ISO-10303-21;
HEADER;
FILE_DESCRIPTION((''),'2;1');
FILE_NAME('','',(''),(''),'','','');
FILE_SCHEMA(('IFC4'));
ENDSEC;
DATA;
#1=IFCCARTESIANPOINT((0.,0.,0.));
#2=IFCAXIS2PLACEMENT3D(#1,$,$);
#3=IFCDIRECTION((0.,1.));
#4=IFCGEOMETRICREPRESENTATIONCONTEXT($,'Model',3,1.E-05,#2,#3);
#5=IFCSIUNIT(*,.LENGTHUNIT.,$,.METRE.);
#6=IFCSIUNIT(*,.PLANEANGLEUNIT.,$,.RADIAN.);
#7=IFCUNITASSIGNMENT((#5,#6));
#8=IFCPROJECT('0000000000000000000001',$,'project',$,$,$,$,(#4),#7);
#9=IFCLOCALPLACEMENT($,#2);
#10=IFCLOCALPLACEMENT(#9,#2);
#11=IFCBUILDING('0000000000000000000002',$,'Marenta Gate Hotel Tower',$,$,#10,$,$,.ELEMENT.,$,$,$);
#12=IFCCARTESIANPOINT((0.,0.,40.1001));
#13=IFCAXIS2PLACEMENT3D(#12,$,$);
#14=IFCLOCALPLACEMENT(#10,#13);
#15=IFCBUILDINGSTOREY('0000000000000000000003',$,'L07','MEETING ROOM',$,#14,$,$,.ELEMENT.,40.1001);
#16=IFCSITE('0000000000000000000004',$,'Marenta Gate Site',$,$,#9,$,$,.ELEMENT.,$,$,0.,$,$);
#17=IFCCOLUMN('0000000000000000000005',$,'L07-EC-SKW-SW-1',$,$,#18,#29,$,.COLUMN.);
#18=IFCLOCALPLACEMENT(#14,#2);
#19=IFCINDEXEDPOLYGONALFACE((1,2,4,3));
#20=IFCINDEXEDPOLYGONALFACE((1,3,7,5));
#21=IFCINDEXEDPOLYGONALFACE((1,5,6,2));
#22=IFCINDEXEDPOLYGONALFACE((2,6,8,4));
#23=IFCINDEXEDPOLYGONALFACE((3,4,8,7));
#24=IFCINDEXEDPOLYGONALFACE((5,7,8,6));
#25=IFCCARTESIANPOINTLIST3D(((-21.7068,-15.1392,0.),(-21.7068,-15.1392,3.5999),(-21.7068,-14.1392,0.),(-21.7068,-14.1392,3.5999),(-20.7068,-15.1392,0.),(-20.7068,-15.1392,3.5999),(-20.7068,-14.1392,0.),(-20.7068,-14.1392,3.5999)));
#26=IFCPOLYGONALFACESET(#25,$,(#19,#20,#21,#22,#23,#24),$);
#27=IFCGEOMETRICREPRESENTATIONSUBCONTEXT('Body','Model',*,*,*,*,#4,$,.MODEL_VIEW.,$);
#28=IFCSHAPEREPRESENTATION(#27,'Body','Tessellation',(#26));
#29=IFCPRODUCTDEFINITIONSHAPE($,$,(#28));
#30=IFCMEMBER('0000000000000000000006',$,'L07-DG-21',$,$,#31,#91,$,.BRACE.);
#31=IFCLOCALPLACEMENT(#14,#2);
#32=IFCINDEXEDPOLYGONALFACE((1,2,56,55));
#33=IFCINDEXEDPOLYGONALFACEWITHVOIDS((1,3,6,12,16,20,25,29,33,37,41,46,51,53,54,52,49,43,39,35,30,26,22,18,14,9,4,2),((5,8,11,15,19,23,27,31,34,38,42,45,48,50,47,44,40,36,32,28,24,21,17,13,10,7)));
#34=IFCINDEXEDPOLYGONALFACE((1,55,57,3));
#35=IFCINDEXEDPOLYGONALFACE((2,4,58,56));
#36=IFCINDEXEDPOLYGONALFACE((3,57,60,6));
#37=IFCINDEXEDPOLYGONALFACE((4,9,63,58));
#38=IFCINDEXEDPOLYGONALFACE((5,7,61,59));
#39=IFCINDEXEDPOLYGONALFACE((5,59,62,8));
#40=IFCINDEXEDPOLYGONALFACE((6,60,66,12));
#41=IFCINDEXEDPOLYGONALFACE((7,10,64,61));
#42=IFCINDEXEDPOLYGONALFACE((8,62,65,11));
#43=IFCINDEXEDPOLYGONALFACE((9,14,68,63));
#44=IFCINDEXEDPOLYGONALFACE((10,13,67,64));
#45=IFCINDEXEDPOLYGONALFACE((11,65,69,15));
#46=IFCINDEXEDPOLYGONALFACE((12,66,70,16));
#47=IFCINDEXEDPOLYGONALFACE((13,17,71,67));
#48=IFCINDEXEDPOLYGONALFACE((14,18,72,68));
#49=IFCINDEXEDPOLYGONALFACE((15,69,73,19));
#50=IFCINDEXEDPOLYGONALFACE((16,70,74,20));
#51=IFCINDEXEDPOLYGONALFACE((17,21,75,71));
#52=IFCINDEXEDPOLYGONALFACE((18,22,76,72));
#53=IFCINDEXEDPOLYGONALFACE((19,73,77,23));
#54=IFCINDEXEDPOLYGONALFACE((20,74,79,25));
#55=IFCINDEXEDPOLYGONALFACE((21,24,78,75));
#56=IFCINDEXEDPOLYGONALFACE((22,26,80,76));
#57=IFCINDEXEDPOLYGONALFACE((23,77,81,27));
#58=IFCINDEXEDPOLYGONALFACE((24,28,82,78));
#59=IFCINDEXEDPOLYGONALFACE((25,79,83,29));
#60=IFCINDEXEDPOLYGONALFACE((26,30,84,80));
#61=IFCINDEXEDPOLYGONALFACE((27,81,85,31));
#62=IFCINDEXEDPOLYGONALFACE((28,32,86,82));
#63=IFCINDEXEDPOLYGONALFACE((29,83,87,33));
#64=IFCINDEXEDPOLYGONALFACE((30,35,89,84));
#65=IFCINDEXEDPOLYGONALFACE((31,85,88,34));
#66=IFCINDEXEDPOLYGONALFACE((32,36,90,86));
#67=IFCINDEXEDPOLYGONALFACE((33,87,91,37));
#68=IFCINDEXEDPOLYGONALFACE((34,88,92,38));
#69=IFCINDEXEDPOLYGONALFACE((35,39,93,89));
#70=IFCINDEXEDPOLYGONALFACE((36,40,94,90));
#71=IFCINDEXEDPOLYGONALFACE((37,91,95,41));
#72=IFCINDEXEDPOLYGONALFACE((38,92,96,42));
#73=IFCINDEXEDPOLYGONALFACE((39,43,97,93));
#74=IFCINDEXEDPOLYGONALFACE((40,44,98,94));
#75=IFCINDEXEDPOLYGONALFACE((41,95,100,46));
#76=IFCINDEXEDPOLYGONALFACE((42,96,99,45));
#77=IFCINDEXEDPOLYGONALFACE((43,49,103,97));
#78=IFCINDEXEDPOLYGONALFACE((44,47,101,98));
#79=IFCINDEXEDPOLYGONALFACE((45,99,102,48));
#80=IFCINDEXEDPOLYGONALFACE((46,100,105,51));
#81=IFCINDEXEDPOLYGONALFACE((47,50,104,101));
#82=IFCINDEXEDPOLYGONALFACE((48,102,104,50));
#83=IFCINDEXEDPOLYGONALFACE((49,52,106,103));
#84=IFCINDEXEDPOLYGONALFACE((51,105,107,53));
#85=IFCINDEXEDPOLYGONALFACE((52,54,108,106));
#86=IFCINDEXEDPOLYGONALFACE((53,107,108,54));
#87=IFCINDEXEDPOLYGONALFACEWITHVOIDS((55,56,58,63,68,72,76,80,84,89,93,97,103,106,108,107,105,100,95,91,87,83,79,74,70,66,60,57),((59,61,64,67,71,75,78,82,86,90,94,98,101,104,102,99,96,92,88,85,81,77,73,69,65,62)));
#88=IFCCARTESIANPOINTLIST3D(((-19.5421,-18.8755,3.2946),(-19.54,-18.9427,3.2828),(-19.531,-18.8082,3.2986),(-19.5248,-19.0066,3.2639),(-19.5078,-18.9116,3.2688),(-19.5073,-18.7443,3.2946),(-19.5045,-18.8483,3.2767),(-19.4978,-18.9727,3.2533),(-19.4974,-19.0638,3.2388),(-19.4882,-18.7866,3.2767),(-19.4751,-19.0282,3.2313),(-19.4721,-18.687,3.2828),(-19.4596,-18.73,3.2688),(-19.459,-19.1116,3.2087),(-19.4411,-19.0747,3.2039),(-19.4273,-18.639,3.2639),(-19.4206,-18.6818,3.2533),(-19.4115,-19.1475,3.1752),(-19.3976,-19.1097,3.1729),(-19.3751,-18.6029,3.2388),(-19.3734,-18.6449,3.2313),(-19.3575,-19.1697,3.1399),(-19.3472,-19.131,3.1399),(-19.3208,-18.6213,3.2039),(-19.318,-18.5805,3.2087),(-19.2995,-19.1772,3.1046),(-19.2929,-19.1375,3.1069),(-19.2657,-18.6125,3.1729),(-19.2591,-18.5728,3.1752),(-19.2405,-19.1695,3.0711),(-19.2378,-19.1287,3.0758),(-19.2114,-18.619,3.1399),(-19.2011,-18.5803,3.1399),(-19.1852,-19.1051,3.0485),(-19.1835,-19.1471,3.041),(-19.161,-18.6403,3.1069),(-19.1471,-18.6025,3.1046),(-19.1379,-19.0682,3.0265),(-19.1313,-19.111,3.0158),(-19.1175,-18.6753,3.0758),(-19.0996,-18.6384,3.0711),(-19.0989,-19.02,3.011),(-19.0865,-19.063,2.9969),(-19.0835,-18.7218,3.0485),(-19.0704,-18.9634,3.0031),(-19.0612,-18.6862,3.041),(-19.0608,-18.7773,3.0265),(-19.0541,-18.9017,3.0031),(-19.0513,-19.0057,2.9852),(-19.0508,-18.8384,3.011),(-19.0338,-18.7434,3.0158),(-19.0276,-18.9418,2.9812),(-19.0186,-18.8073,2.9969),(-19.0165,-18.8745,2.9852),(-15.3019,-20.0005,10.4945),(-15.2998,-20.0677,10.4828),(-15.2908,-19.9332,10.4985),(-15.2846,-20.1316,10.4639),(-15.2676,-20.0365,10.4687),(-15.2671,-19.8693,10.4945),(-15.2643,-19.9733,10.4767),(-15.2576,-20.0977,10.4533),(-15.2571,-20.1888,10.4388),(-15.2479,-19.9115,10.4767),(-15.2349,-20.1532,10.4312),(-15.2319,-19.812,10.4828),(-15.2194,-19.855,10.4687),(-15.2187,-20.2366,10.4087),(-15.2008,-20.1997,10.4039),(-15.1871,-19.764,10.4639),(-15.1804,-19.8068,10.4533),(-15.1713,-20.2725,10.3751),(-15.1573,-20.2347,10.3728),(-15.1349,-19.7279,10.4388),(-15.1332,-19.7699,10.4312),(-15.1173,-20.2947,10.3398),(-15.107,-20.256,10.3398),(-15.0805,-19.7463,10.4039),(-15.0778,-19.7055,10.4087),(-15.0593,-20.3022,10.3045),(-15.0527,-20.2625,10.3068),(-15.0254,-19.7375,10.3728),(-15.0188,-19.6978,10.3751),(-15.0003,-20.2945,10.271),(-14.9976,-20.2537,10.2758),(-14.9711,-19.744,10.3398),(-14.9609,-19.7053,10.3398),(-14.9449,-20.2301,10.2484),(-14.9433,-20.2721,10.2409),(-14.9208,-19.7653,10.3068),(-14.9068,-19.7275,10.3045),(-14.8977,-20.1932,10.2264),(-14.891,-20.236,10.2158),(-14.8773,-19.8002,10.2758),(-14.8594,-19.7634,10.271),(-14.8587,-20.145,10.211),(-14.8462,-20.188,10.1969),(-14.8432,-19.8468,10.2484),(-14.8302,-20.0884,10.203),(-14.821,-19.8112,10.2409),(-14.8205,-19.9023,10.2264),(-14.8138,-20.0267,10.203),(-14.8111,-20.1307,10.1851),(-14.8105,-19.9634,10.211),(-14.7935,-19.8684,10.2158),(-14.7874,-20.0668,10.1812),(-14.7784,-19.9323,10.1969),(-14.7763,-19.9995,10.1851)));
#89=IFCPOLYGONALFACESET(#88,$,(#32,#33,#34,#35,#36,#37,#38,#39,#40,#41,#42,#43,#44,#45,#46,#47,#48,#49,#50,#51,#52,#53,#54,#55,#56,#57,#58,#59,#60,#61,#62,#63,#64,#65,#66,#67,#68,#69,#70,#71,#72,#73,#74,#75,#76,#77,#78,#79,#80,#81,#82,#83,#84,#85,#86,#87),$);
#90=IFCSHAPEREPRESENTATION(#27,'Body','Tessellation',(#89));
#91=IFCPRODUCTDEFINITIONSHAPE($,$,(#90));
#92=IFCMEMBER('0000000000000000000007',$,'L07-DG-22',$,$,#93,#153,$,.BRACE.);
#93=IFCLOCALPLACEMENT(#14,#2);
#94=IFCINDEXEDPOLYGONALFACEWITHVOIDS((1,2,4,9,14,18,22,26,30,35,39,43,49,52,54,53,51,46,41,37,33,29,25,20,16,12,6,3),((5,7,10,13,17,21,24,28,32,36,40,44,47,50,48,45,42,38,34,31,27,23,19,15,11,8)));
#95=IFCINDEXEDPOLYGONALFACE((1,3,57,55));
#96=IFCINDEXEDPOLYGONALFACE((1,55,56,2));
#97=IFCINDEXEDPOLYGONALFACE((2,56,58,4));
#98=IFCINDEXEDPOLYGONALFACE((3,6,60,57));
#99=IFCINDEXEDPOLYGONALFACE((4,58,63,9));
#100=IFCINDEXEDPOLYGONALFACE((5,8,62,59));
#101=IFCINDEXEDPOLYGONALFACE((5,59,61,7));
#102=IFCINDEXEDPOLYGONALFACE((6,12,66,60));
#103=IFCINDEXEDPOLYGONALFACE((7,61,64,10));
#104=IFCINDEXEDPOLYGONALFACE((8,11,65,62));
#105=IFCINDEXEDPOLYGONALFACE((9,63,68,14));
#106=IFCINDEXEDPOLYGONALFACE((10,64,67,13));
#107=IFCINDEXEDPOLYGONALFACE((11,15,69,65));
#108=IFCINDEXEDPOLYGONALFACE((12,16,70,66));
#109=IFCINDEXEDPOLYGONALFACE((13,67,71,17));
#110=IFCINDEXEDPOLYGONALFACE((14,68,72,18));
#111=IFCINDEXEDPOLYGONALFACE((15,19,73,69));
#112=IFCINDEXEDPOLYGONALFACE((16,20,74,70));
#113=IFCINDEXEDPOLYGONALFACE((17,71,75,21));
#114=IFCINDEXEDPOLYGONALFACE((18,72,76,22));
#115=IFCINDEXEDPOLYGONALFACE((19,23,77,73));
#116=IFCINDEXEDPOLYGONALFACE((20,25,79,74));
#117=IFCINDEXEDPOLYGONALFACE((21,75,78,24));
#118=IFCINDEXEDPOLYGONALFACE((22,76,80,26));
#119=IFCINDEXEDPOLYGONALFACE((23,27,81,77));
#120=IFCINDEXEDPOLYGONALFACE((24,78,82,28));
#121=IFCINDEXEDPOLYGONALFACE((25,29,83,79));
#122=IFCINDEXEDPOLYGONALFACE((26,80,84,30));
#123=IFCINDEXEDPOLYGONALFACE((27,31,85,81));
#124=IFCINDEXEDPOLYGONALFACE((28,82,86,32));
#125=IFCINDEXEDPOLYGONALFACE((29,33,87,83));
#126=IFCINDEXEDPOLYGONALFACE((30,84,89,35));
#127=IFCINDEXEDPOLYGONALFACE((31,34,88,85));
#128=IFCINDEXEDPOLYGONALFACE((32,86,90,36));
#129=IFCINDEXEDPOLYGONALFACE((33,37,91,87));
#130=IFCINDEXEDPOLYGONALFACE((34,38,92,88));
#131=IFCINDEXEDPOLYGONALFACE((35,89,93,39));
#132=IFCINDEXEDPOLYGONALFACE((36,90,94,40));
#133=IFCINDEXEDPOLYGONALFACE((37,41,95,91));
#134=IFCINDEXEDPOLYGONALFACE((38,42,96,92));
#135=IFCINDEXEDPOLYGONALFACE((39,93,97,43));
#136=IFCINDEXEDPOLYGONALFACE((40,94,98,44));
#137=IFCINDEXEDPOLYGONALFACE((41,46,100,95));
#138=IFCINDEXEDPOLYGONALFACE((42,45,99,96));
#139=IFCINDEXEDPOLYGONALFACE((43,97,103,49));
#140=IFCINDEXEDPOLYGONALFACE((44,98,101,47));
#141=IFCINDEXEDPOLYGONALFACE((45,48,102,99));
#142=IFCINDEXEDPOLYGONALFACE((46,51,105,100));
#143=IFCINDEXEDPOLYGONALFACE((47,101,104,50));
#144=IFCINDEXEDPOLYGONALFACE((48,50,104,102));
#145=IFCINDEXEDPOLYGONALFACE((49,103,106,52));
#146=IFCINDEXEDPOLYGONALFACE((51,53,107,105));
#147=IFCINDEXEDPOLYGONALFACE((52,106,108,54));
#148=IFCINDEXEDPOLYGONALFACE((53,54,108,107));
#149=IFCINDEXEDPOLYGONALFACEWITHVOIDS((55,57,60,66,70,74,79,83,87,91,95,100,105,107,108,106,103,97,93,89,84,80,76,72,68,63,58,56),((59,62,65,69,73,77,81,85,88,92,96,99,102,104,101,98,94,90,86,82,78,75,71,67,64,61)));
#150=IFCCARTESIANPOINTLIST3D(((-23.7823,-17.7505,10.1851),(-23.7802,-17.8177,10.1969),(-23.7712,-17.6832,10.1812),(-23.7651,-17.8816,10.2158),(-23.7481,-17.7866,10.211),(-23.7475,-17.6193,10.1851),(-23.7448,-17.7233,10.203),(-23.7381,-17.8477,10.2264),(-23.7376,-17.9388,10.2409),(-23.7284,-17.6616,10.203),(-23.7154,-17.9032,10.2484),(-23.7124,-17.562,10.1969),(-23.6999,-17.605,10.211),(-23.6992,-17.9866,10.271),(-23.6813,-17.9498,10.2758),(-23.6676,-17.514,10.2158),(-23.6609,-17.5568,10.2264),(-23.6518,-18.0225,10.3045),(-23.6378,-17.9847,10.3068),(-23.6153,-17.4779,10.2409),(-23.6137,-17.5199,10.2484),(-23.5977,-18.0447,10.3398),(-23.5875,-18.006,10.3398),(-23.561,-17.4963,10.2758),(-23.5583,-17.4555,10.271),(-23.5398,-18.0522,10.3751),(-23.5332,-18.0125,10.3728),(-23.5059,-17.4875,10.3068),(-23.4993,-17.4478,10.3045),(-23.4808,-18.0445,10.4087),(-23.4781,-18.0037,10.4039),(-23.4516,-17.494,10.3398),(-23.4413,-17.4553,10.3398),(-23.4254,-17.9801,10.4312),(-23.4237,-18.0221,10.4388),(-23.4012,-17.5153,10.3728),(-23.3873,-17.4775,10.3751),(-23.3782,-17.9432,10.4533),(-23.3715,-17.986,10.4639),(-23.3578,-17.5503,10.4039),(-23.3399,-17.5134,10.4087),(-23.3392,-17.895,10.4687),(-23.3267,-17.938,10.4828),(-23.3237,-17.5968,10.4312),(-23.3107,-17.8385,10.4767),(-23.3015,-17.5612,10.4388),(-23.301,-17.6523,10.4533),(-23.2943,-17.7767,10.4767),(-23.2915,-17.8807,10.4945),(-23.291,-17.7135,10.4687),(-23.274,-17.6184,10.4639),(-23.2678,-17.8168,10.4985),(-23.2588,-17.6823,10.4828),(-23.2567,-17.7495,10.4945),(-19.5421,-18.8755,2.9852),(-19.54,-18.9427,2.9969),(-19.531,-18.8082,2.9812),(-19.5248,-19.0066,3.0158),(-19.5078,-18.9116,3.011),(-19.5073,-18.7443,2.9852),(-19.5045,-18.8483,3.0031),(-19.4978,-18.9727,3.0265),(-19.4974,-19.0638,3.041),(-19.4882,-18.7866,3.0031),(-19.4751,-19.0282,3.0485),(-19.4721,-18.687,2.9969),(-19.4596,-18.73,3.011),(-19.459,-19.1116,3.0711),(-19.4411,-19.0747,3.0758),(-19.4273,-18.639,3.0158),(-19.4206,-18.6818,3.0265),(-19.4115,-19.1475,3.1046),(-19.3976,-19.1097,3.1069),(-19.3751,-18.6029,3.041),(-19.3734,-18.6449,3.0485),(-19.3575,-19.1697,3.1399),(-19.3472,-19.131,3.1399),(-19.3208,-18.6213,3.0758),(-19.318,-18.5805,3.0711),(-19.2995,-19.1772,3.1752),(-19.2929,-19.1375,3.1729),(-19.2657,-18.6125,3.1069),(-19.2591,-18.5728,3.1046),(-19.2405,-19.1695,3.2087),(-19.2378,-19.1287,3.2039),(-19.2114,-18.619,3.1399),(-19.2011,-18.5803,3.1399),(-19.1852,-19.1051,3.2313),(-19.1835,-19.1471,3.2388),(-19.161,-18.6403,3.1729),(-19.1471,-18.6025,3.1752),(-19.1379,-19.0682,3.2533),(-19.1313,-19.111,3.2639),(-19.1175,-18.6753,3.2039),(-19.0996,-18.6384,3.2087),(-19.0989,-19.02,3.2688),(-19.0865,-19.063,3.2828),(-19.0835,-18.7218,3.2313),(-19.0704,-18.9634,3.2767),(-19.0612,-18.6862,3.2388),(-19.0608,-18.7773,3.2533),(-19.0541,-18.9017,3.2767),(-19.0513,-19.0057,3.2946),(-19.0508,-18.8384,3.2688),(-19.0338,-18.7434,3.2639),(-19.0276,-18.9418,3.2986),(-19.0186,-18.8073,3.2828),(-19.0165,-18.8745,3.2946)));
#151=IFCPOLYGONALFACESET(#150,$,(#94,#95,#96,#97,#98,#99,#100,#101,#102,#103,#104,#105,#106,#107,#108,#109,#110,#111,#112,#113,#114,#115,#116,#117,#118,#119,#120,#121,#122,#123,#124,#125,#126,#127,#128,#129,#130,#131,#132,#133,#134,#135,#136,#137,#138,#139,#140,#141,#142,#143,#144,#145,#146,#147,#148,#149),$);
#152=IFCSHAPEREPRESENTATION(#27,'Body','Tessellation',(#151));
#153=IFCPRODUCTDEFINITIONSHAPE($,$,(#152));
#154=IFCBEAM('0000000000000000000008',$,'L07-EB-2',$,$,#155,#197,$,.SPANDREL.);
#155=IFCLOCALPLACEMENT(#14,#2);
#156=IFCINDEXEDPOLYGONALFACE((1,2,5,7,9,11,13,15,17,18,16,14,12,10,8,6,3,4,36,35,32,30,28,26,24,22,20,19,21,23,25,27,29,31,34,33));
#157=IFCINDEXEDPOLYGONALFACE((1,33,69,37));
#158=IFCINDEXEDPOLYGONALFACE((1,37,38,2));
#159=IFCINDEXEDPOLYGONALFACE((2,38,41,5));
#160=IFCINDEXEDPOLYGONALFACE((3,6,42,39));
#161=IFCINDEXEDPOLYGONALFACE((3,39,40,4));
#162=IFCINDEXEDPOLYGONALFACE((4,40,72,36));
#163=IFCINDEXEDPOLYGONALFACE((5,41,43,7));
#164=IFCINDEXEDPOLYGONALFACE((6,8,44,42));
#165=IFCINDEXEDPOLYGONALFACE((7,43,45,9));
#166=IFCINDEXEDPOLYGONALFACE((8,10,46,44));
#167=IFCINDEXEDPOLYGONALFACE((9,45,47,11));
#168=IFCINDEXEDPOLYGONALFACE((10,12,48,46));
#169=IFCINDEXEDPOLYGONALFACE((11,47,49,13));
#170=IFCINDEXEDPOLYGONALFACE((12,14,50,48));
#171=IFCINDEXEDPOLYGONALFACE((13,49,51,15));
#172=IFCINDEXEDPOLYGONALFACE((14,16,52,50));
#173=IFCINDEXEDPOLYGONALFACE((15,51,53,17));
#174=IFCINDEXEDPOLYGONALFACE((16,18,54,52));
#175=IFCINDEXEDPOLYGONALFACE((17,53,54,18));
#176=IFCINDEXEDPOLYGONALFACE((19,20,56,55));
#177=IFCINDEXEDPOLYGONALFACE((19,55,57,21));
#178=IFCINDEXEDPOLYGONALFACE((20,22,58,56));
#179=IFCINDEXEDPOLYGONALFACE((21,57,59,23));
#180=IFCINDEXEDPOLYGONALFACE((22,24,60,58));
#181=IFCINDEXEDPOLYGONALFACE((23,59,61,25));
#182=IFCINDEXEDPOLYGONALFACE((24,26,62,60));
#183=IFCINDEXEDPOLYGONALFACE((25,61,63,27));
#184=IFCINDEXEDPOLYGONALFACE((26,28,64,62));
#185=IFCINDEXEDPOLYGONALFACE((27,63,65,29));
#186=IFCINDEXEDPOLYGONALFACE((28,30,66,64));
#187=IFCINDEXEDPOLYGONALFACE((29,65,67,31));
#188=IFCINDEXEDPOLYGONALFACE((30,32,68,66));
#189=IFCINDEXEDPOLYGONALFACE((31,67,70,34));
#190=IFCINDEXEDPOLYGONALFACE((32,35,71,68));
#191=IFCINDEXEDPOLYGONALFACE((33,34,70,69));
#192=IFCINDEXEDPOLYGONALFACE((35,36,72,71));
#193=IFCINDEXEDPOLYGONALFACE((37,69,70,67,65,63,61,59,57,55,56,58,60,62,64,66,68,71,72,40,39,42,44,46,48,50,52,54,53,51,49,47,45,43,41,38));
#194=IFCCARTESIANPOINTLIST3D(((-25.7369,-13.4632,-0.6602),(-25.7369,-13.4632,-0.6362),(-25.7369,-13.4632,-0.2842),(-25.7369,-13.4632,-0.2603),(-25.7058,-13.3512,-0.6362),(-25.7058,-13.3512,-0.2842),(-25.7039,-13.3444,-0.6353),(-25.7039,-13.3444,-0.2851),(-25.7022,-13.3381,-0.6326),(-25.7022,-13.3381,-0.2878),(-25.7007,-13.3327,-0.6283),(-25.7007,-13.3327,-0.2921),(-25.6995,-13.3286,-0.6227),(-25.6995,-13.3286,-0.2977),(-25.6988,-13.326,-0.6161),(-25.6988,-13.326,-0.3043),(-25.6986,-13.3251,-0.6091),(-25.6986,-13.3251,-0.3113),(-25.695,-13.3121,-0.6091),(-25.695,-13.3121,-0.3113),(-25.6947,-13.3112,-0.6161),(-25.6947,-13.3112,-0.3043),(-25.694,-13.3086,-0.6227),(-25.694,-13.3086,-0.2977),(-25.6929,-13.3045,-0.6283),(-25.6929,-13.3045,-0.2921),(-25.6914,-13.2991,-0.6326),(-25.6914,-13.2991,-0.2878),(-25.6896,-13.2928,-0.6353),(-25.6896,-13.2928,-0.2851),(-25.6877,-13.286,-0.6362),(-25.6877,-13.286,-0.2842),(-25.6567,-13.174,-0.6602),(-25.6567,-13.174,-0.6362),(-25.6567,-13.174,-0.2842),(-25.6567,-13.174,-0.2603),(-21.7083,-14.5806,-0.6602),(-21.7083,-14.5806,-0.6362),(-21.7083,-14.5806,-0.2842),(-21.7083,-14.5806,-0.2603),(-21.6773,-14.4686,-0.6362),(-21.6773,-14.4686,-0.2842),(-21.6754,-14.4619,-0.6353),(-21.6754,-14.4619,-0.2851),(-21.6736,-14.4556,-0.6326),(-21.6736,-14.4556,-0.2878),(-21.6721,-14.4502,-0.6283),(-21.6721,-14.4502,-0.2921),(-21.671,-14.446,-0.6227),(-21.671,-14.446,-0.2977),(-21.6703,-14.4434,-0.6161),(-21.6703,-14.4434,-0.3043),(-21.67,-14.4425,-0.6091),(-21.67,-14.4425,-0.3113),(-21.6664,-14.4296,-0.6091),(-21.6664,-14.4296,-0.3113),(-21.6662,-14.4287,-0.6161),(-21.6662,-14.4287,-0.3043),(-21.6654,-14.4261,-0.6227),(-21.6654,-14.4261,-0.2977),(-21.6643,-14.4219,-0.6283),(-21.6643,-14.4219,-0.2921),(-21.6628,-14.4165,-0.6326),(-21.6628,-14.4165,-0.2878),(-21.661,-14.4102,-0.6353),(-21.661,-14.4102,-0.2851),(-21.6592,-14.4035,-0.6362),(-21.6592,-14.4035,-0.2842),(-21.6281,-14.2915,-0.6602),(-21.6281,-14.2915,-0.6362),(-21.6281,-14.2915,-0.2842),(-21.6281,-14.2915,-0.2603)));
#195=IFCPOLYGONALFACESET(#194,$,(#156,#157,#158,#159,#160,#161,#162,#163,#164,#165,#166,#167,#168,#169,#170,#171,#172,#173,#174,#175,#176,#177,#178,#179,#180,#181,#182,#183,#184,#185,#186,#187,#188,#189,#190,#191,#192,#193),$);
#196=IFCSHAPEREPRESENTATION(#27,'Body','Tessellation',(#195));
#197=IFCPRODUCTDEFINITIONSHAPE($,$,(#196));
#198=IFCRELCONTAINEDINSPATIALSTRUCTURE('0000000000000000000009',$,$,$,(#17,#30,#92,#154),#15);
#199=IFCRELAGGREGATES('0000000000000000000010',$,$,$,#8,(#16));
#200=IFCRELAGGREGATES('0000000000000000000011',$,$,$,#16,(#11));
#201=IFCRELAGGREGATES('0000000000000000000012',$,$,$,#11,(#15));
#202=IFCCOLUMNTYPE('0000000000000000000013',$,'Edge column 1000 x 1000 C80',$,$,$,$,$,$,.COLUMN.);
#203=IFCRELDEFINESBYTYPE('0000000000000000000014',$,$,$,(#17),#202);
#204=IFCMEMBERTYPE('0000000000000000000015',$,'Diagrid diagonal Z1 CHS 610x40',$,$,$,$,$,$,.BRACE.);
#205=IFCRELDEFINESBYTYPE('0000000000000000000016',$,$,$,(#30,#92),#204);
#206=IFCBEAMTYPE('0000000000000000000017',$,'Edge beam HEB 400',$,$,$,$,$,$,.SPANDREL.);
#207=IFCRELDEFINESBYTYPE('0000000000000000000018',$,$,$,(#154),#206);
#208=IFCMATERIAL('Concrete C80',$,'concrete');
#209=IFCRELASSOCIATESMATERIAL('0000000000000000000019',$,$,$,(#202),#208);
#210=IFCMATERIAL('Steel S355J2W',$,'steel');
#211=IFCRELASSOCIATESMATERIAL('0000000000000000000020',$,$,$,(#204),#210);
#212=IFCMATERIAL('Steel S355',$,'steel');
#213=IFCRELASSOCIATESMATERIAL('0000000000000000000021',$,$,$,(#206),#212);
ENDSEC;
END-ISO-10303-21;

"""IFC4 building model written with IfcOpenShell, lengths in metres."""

from ifc_helpers import new_model, si_unit, direction, frame, origin, origin_2d, place, context, subcontext, project, spatial, rectangle, hollow_circle, i_section, extrude, material, material_profile, profile_set, type_object, element, save


model = new_model("IFC4")

# Units and contexts
model_context = context("Model", 3, precision=1e-05, world=origin(), true_north=direction((0.0, 1.0)))
body_context = subcontext(model_context, "Body", "Model", "MODEL_VIEW")
ifc_project = project(units=[si_unit("LENGTHUNIT", "METRE"), si_unit("PLANEANGLEUNIT", "RADIAN")], contexts=[model_context])

# Site, building, storey
site_placement = place(None, origin())
site = spatial("IfcSite", under=ifc_project, at=site_placement, Name="Marenta Gate Site", CompositionType="ELEMENT", RefElevation=0.0)
building_placement = place(site_placement, origin())
building = spatial("IfcBuilding", under=site, at=building_placement, Name="Marenta Gate Hotel Tower", CompositionType="ELEMENT")
storey_placement = place(building_placement, frame((0.0, 0.0, 40.1001)))
storey = spatial("IfcBuildingStorey", under=building, at=storey_placement, Name="L07", Description="MEETING ROOM", CompositionType="ELEMENT", Elevation=40.1001)

# Column
ifc_material_1 = material(Name="Concrete C80", Category="concrete")
ifc_material_profile_1 = material_profile(ifc_material_1, rectangle(XDim=1.0, YDim=1.0, at=origin_2d()), Name="1000 x 1000")
ifc_profile_set_1 = profile_set([ifc_material_profile_1], Name="Concrete C80")
column_type = type_object("IfcColumnType", Name="Edge column 1000 x 1000 C80", PredefinedType="COLUMN", material=ifc_profile_set_1)
column_placement = place(storey_placement, frame((-21.2068, -14.6392, 0.0), z_axis=(0.0, 0.0, 1.0), x_axis=(1.0, 0.0, 0.0)))
element("IfcColumn", 1, at=column_placement, inside=storey, type_object=column_type, Name="L07-EC-SKW-SW-1", PredefinedType="COLUMN", context=body_context, shape_type="SweptSolid", body=[
    extrude(rectangle(XDim=1.0, YDim=1.0, at=origin_2d()), origin(), (0.0, 0.0, 1.0), 3.5999),
])

# Members
ifc_material_2 = material(Name="Steel S355J2W", Category="steel")
ifc_material_profile_2 = material_profile(ifc_material_2, hollow_circle(Radius=0.3049, WallThickness=0.04, at=origin_2d()), Name="CHS 610x40")
ifc_profile_set_2 = profile_set([ifc_material_profile_2], Name="Steel S355J2W")
member_type_1 = type_object("IfcMemberType", Name="Diagrid diagonal Z1 CHS 610x40", PredefinedType="BRACE", material=ifc_profile_set_2)
for number, where, z_axis, x_axis, name in (
    (2, (-19.2793, -18.875, 3.1399), (0.502924, -0.133434, 0.853969), (0.256443, 0.966559, 0.0), "L07-DG-21"),
    (3, (-19.2793, -18.875, 3.1399), (-0.502924, 0.133434, 0.853969), (-0.256443, -0.966559, 0.0), "L07-DG-22"),
):
    element("IfcMember", number, at=place(storey_placement, frame(where, z_axis=z_axis, x_axis=x_axis)), inside=storey, type_object=member_type_1, Name=name, PredefinedType="BRACE", context=body_context, shape_type="SweptSolid", body=[
        extrude(hollow_circle(Radius=0.3049, WallThickness=0.04, at=origin_2d()), origin(), (0.0, 0.0, 1.0), 8.4312),
    ])

# Beam
ifc_material_3 = material(Name="Steel S355", Category="steel")
ifc_material_profile_3 = material_profile(ifc_material_3, i_section(OverallWidth=0.3, OverallDepth=0.3999, WebThickness=0.0134, FlangeThickness=0.0239, FilletRadius=0.0271, at=origin_2d()), Name="HEB 400")
ifc_profile_set_3 = profile_set([ifc_material_profile_3], Name="Steel S355")
beam_type = type_object("IfcBeamType", Name="Edge beam HEB 400", PredefinedType="SPANDREL", material=ifc_profile_set_3)
beam_1_placement = place(storey_placement, frame((-21.6682, -14.436, -0.4602), z_axis=(-0.963617, 0.267285, 0.0), x_axis=(-0.267285, -0.963617, 0.0)))
element("IfcBeam", 4, at=beam_1_placement, inside=storey, type_object=beam_type, Name="L07-EB-2", PredefinedType="SPANDREL", context=body_context, shape_type="SweptSolid", body=[
    extrude(i_section(OverallWidth=0.3, OverallDepth=0.3999, WebThickness=0.0134, FlangeThickness=0.0239, FilletRadius=0.0271, at=origin_2d()), origin(), (0.0, 0.0, 1.0), 4.1807),
])

save(model, "model.ifc")
